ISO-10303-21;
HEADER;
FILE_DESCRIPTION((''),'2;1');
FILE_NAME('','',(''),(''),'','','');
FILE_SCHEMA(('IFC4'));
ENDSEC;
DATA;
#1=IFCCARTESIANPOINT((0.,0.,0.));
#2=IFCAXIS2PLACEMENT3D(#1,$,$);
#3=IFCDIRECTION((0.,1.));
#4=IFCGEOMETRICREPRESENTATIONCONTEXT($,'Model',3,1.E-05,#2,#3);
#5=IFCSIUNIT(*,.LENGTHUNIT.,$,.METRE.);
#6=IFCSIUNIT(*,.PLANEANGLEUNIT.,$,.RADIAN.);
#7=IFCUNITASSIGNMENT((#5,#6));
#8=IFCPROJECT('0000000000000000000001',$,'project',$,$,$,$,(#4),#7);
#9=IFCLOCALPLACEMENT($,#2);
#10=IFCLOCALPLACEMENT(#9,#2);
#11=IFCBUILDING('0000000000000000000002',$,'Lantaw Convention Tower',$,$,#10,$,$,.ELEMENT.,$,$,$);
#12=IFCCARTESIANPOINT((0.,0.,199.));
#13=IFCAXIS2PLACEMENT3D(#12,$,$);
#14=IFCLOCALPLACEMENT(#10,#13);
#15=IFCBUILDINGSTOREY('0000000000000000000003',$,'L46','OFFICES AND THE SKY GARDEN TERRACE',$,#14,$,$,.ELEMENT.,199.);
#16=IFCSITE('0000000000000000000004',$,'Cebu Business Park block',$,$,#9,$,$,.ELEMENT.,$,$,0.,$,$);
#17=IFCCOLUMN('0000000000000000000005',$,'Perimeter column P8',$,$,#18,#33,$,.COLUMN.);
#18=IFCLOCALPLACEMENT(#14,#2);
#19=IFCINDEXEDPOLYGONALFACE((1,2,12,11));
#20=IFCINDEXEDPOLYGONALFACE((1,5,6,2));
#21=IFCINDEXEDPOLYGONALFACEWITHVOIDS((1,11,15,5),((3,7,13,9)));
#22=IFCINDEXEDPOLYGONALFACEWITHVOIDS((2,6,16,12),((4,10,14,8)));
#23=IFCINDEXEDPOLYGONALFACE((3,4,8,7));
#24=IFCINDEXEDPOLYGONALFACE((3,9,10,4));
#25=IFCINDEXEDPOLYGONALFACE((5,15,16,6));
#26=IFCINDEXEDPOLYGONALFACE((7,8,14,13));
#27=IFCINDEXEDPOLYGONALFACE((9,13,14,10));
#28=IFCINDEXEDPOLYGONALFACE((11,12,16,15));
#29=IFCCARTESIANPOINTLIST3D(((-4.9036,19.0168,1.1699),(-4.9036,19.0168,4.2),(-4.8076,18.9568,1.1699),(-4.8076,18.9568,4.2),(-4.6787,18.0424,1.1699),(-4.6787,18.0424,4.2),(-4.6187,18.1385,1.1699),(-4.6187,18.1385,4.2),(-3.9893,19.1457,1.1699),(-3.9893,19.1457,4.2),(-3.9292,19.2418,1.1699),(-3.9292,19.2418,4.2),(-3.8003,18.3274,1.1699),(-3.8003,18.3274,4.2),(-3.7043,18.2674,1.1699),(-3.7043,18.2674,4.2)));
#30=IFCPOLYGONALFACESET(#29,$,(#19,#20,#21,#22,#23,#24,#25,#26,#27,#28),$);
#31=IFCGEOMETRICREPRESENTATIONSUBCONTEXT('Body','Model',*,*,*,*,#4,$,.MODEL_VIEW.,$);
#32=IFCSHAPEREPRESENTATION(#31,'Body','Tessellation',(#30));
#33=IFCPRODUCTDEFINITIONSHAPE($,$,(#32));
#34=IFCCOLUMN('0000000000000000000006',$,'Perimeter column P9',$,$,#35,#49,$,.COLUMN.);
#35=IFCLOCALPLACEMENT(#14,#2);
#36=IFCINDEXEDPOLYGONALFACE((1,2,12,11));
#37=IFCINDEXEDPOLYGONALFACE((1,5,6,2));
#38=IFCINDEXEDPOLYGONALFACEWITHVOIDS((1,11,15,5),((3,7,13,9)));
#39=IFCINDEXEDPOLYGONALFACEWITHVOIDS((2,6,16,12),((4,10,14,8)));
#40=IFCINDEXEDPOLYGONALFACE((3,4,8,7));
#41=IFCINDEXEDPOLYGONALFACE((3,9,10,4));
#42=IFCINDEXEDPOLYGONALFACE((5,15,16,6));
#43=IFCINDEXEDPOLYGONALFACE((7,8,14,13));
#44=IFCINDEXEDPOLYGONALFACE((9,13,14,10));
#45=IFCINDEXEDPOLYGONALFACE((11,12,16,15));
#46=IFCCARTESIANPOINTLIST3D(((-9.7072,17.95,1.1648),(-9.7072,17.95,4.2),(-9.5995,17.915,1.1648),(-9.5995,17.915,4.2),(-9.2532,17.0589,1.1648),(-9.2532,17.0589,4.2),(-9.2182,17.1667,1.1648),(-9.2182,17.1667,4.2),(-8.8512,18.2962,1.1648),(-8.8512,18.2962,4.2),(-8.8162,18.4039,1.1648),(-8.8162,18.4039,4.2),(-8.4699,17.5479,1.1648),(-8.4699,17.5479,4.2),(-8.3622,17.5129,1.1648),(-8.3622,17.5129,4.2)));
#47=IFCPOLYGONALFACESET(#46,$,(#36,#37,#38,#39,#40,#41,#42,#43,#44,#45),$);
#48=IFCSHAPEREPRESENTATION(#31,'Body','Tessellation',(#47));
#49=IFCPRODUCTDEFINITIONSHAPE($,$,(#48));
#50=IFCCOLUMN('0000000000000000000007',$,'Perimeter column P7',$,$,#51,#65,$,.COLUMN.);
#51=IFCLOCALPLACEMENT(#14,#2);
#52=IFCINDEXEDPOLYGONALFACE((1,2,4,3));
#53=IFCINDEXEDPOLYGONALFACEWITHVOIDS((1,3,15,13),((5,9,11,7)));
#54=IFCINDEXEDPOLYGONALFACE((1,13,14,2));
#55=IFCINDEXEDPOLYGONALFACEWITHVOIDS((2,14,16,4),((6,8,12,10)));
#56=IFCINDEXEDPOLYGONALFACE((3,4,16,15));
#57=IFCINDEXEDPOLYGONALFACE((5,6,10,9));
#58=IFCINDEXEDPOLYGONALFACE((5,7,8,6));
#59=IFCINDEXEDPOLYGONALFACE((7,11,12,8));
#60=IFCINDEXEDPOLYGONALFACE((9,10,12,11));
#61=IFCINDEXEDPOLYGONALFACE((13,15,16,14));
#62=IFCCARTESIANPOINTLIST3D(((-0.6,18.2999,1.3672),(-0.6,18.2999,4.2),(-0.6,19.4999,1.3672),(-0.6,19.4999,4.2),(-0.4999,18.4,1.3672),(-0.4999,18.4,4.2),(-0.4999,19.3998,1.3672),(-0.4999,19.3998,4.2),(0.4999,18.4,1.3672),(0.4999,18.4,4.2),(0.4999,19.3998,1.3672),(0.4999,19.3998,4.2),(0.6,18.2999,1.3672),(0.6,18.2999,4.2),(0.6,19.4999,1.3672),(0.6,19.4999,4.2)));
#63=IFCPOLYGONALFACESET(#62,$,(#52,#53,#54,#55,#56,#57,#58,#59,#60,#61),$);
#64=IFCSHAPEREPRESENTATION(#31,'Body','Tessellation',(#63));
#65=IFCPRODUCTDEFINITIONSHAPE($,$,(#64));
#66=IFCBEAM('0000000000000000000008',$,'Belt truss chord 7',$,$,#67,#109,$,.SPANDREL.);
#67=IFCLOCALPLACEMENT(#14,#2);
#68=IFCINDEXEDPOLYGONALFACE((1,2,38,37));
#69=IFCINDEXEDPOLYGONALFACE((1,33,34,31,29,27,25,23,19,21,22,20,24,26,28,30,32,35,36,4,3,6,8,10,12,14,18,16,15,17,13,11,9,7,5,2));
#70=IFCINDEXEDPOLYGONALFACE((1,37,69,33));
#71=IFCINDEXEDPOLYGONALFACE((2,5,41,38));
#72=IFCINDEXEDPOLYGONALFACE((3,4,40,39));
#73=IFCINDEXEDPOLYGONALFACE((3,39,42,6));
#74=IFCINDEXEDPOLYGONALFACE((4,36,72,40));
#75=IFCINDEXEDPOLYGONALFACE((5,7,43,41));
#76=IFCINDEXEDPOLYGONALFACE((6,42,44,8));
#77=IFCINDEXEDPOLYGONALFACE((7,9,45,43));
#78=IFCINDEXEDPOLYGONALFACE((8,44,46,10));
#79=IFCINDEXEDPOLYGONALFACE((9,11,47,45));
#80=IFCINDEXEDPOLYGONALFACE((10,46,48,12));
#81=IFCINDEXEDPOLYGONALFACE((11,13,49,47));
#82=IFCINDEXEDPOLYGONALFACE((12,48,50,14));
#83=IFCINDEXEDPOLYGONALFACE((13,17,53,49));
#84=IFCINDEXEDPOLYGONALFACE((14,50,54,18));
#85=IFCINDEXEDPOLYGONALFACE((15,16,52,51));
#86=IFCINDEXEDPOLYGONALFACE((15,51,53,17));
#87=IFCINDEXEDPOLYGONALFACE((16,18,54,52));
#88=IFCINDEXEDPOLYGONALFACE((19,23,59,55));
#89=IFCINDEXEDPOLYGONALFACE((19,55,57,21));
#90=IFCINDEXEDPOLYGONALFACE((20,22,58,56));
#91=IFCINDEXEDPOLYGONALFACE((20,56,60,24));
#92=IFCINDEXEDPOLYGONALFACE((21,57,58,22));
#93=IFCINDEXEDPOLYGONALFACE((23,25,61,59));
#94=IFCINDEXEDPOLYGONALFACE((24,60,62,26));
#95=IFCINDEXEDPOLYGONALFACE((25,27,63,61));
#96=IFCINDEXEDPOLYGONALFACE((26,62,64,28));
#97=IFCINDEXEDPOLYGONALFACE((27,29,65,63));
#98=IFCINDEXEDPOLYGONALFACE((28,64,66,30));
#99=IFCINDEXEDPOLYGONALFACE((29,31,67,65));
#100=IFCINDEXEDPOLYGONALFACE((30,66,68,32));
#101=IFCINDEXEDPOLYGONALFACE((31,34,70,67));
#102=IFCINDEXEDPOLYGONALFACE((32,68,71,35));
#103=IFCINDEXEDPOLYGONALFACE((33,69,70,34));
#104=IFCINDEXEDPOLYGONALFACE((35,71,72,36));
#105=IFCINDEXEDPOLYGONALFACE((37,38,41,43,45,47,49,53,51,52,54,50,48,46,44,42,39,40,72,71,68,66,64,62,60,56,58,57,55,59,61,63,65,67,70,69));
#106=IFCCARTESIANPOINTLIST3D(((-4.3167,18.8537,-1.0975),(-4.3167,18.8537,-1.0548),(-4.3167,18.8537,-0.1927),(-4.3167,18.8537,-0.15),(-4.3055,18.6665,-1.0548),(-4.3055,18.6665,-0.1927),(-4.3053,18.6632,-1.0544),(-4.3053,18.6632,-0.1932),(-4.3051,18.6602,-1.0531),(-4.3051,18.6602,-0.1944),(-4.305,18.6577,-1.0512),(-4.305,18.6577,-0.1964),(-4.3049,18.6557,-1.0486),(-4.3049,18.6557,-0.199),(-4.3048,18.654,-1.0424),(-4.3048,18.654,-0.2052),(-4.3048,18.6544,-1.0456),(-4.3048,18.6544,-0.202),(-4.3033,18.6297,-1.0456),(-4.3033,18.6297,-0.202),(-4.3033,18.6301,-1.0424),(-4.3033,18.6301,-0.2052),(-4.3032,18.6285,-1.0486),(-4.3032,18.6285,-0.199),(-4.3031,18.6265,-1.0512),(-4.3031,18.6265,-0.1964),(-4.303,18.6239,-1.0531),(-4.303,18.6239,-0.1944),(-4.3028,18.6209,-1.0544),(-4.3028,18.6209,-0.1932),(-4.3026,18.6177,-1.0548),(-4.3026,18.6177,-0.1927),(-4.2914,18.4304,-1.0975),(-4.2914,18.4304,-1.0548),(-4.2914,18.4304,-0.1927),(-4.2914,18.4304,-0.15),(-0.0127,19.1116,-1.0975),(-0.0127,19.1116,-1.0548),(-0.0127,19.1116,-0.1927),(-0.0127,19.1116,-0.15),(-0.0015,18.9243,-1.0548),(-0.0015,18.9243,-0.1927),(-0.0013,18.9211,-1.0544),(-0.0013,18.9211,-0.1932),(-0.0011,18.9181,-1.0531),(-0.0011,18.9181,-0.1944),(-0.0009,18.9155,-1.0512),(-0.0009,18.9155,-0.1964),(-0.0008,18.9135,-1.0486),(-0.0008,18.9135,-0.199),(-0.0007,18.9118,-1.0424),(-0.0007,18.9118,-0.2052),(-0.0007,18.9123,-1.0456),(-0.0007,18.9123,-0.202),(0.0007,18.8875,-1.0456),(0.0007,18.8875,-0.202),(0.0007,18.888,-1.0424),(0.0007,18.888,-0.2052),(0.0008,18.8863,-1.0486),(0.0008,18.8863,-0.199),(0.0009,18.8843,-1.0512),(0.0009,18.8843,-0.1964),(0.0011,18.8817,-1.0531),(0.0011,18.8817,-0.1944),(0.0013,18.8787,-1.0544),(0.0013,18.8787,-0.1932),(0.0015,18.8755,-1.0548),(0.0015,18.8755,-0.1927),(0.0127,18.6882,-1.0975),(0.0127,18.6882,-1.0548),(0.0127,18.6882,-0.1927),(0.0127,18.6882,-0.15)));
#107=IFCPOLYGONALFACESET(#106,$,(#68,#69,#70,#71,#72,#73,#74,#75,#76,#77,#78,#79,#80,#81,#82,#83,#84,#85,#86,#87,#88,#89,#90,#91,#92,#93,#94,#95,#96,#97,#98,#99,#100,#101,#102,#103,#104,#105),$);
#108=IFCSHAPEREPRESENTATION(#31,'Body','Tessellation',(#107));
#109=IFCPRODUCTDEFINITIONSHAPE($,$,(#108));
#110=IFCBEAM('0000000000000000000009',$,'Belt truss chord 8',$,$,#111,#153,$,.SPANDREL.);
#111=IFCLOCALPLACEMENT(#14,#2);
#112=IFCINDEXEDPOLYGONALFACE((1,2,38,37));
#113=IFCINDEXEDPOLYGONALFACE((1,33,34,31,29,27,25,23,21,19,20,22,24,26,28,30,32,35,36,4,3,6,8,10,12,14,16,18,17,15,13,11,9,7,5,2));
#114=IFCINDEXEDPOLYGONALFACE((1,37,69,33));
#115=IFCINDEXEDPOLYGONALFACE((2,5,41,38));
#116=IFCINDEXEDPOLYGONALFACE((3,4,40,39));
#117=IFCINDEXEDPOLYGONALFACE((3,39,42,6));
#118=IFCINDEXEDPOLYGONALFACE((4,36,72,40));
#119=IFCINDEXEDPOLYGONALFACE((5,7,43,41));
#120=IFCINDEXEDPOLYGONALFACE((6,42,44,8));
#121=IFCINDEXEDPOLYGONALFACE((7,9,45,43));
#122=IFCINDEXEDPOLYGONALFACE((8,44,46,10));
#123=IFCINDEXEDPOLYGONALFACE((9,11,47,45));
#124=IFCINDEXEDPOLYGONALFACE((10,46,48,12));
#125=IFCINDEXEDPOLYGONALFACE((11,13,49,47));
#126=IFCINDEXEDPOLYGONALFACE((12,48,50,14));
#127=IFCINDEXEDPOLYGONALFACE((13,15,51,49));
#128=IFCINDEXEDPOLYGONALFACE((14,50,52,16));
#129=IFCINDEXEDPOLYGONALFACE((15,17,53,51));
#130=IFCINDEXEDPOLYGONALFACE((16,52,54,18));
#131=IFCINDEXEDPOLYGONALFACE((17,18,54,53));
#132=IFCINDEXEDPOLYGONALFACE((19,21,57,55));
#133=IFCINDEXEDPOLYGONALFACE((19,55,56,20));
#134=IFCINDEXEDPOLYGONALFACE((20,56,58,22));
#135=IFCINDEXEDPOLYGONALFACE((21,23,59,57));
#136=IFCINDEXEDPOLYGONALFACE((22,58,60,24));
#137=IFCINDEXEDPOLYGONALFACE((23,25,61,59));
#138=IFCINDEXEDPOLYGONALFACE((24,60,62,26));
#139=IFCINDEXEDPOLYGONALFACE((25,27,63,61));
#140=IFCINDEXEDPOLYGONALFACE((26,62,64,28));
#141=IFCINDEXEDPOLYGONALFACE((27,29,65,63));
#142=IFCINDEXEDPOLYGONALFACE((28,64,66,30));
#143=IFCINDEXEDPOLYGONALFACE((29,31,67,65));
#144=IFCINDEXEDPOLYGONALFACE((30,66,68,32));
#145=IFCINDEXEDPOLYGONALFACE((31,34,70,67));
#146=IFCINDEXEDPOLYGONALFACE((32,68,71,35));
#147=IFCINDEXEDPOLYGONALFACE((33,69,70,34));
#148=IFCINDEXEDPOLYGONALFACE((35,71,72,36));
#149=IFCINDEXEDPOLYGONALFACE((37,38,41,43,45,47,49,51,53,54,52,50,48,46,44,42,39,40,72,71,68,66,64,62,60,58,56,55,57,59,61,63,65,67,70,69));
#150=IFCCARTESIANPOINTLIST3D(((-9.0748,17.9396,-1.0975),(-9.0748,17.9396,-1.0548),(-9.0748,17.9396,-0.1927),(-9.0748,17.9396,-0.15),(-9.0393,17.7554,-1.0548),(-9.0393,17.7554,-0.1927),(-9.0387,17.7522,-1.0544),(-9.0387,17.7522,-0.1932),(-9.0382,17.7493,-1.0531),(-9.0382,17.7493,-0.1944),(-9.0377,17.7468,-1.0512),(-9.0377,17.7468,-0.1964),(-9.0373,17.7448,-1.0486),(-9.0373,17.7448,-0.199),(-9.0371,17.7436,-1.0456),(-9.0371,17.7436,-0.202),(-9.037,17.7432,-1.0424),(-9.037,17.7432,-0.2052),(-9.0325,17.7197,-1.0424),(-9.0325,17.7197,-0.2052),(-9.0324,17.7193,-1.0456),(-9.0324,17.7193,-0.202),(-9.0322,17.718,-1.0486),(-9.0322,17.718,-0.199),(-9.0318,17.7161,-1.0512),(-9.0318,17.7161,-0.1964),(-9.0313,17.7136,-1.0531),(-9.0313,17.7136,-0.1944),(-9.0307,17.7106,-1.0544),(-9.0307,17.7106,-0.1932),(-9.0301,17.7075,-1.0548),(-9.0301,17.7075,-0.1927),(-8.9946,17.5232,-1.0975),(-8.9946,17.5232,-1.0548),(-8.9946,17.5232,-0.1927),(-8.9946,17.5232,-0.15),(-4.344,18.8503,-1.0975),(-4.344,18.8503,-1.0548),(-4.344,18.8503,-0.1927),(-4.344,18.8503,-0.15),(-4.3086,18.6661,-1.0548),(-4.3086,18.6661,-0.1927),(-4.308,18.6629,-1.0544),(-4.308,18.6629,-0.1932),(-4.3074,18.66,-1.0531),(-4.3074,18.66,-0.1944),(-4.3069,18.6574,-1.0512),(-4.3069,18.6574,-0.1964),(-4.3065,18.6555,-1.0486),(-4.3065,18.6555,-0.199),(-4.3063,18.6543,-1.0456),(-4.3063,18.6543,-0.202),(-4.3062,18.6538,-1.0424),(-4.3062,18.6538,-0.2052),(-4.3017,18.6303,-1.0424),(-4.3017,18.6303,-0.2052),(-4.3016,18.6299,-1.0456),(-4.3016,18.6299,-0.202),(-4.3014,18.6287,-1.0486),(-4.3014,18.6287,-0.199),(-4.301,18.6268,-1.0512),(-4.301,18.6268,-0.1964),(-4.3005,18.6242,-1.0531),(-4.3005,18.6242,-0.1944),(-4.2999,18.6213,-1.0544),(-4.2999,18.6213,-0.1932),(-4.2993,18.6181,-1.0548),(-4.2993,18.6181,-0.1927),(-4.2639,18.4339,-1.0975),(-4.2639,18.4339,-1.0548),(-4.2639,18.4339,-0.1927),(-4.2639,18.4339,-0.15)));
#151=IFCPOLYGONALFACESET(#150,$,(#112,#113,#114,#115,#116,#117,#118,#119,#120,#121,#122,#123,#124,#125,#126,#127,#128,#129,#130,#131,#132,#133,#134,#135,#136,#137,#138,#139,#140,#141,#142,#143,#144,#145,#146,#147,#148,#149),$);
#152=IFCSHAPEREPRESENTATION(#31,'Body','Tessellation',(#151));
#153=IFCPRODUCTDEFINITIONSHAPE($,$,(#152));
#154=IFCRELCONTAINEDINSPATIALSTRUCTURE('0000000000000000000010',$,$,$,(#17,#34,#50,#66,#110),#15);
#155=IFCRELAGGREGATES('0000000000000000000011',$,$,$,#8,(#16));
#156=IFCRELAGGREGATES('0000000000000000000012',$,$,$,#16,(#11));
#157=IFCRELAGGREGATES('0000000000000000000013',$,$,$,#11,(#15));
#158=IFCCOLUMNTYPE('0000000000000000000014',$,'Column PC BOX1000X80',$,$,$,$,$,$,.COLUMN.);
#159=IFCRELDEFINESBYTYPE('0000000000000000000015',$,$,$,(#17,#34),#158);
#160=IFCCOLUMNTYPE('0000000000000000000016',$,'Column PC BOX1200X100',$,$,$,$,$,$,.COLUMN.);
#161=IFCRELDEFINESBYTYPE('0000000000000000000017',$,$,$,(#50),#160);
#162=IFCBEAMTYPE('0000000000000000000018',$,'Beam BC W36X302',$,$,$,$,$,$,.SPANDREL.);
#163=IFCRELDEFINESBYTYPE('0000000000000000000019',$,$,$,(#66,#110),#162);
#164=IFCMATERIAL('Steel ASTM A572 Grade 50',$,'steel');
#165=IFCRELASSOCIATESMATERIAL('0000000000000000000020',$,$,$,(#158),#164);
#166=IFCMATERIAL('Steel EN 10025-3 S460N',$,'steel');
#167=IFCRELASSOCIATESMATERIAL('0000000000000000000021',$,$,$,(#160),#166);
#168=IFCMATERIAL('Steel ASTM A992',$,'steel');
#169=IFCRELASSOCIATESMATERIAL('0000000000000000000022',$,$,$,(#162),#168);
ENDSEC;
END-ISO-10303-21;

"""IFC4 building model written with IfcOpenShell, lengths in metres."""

from ifc_helpers import new_model, si_unit, direction, frame, origin, origin_2d, place, context, subcontext, project, spatial, rectangle, hollow_rectangle, i_section, extrude, material, material_profile, profile_set, type_object, element, save


model = new_model("IFC4")

# Units and contexts
model_context = context("Model", 3, precision=1e-05, world=origin(), true_north=direction((0.0, 1.0)))
body_context = subcontext(model_context, "Body", "Model", "MODEL_VIEW")
ifc_project = project(units=[si_unit("LENGTHUNIT", "METRE"), si_unit("PLANEANGLEUNIT", "RADIAN")], contexts=[model_context])

# Site, building, storey
site_placement = place(None, origin())
site = spatial("IfcSite", under=ifc_project, at=site_placement, Name="Cebu Business Park block", CompositionType="ELEMENT", RefElevation=0.0)
building_placement = place(site_placement, origin())
building = spatial("IfcBuilding", under=site, at=building_placement, Name="Lantaw Convention Tower", CompositionType="ELEMENT")
storey_placement = place(building_placement, frame((0.0, 0.0, 199.0)))
storey = spatial("IfcBuildingStorey", under=building, at=storey_placement, Name="L46", Description="OFFICES AND THE SKY GARDEN TERRACE", CompositionType="ELEMENT", Elevation=199.0)

# Columns
ifc_material_1 = material(Name="Steel ASTM A572 Grade 50", Category="steel")
ifc_material_profile_1 = material_profile(ifc_material_1, hollow_rectangle(XDim=1.0, YDim=1.0, WallThickness=0.0801, at=origin_2d()), Name="BOX1000X80")
ifc_material_2 = material(Name="Concrete C60/75", Category="concrete")
ifc_material_profile_2 = material_profile(ifc_material_2, rectangle(XDim=0.8401, YDim=0.8401, at=origin_2d()), Name="Concrete fill of BOX1000X80")
ifc_profile_set_1 = profile_set([ifc_material_profile_1, ifc_material_profile_2], Name="Steel ASTM A572 Grade 50")
column_type_1 = type_object("IfcColumnType", Name="Column PC BOX1000X80", PredefinedType="COLUMN", material=ifc_profile_set_1)
column_1_placement = place(storey_placement, frame((-4.304, 18.6421, 1.1699), z_axis=(0.0, 0.0, 1.0), x_axis=(0.97437, 0.224951, 0.0)))
element("IfcColumn", 1, at=column_1_placement, inside=storey, type_object=column_type_1, Name="Perimeter column P8", PredefinedType="COLUMN", context=body_context, shape_type="SweptSolid", body=[
    extrude(hollow_rectangle(XDim=1.0, YDim=1.0, WallThickness=0.0801, at=origin_2d()), origin(), (0.0, 0.0, 1.0), 3.03),
])
column_2_placement = place(storey_placement, frame((-9.0347, 17.7314, 1.1648), z_axis=(0.0, 0.0, 1.0), x_axis=(0.891007, 0.45399, 0.0)))
element("IfcColumn", 2, at=column_2_placement, inside=storey, type_object=column_type_1, Name="Perimeter column P9", PredefinedType="COLUMN", context=body_context, shape_type="SweptSolid", body=[
    extrude(hollow_rectangle(XDim=1.0, YDim=1.0, WallThickness=0.0801, at=origin_2d()), origin(), (0.0, 0.0, 1.0), 3.0352),
])
ifc_material_3 = material(Name="Steel EN 10025-3 S460N", Category="steel")
ifc_material_profile_3 = material_profile(ifc_material_3, hollow_rectangle(XDim=1.2, YDim=1.2, WallThickness=0.1001, at=origin_2d()), Name="BOX1200X100")
ifc_material_profile_4 = material_profile(ifc_material_2, rectangle(XDim=1.0, YDim=1.0, at=origin_2d()), Name="Concrete fill of BOX1200X100")
ifc_profile_set_2 = profile_set([ifc_material_profile_3, ifc_material_profile_4], Name="Steel EN 10025-3 S460N")
column_type_2 = type_object("IfcColumnType", Name="Column PC BOX1200X100", PredefinedType="COLUMN", material=ifc_profile_set_2)
column_3_placement = place(storey_placement, frame((0.0, 18.8999, 1.3672), z_axis=(0.0, 0.0, 1.0), x_axis=(1.0, 0.0, 0.0)))
element("IfcColumn", 3, at=column_3_placement, inside=storey, type_object=column_type_2, Name="Perimeter column P7", PredefinedType="COLUMN", context=body_context, shape_type="SweptSolid", body=[
    extrude(hollow_rectangle(XDim=1.2, YDim=1.2, WallThickness=0.1001, at=origin_2d()), origin(), (0.0, 0.0, 1.0), 2.8328),
])

# Beams
ifc_material_4 = material(Name="Steel ASTM A992", Category="steel")
ifc_material_profile_5 = material_profile(ifc_material_4, i_section(OverallWidth=0.4241, OverallDepth=0.9475, WebThickness=0.0239, FlangeThickness=0.0427, FilletRadius=0.0125, at=origin_2d()), Name="W36X302")
ifc_profile_set_3 = profile_set([ifc_material_profile_5], Name="Steel ASTM A992")
beam_type_1 = type_object("IfcBeamType", Name="Beam BC W36X302", PredefinedType="SPANDREL", material=ifc_profile_set_3)
beam_1_placement = place(storey_placement, frame((0.0, 18.8999, -0.6238), z_axis=(-0.998211, -0.059794, 0.0), x_axis=(0.059794, -0.998211, 0.0)))
element("IfcBeam", 4, at=beam_1_placement, inside=storey, type_object=beam_type_1, Name="Belt truss chord 7", PredefinedType="SPANDREL", context=body_context, shape_type="SweptSolid", body=[
    extrude(i_section(OverallWidth=0.4241, OverallDepth=0.9475, WebThickness=0.0239, FlangeThickness=0.0427, FilletRadius=0.0125, at=origin_2d()), origin(), (0.0, 0.0, 1.0), 4.3118),
])
beam_2_placement = place(storey_placement, frame((-4.304, 18.6421, -0.6238), z_axis=(-0.981972, -0.189026, 0.0), x_axis=(0.189026, -0.981972, 0.0)))
element("IfcBeam", 5, at=beam_2_placement, inside=storey, type_object=beam_type_1, Name="Belt truss chord 8", PredefinedType="SPANDREL", context=body_context, shape_type="SweptSolid", body=[
    extrude(i_section(OverallWidth=0.4241, OverallDepth=0.9475, WebThickness=0.0239, FlangeThickness=0.0427, FilletRadius=0.0125, at=origin_2d()), origin(), (0.0, 0.0, 1.0), 4.8176),
])

save(model, "model.ifc")
